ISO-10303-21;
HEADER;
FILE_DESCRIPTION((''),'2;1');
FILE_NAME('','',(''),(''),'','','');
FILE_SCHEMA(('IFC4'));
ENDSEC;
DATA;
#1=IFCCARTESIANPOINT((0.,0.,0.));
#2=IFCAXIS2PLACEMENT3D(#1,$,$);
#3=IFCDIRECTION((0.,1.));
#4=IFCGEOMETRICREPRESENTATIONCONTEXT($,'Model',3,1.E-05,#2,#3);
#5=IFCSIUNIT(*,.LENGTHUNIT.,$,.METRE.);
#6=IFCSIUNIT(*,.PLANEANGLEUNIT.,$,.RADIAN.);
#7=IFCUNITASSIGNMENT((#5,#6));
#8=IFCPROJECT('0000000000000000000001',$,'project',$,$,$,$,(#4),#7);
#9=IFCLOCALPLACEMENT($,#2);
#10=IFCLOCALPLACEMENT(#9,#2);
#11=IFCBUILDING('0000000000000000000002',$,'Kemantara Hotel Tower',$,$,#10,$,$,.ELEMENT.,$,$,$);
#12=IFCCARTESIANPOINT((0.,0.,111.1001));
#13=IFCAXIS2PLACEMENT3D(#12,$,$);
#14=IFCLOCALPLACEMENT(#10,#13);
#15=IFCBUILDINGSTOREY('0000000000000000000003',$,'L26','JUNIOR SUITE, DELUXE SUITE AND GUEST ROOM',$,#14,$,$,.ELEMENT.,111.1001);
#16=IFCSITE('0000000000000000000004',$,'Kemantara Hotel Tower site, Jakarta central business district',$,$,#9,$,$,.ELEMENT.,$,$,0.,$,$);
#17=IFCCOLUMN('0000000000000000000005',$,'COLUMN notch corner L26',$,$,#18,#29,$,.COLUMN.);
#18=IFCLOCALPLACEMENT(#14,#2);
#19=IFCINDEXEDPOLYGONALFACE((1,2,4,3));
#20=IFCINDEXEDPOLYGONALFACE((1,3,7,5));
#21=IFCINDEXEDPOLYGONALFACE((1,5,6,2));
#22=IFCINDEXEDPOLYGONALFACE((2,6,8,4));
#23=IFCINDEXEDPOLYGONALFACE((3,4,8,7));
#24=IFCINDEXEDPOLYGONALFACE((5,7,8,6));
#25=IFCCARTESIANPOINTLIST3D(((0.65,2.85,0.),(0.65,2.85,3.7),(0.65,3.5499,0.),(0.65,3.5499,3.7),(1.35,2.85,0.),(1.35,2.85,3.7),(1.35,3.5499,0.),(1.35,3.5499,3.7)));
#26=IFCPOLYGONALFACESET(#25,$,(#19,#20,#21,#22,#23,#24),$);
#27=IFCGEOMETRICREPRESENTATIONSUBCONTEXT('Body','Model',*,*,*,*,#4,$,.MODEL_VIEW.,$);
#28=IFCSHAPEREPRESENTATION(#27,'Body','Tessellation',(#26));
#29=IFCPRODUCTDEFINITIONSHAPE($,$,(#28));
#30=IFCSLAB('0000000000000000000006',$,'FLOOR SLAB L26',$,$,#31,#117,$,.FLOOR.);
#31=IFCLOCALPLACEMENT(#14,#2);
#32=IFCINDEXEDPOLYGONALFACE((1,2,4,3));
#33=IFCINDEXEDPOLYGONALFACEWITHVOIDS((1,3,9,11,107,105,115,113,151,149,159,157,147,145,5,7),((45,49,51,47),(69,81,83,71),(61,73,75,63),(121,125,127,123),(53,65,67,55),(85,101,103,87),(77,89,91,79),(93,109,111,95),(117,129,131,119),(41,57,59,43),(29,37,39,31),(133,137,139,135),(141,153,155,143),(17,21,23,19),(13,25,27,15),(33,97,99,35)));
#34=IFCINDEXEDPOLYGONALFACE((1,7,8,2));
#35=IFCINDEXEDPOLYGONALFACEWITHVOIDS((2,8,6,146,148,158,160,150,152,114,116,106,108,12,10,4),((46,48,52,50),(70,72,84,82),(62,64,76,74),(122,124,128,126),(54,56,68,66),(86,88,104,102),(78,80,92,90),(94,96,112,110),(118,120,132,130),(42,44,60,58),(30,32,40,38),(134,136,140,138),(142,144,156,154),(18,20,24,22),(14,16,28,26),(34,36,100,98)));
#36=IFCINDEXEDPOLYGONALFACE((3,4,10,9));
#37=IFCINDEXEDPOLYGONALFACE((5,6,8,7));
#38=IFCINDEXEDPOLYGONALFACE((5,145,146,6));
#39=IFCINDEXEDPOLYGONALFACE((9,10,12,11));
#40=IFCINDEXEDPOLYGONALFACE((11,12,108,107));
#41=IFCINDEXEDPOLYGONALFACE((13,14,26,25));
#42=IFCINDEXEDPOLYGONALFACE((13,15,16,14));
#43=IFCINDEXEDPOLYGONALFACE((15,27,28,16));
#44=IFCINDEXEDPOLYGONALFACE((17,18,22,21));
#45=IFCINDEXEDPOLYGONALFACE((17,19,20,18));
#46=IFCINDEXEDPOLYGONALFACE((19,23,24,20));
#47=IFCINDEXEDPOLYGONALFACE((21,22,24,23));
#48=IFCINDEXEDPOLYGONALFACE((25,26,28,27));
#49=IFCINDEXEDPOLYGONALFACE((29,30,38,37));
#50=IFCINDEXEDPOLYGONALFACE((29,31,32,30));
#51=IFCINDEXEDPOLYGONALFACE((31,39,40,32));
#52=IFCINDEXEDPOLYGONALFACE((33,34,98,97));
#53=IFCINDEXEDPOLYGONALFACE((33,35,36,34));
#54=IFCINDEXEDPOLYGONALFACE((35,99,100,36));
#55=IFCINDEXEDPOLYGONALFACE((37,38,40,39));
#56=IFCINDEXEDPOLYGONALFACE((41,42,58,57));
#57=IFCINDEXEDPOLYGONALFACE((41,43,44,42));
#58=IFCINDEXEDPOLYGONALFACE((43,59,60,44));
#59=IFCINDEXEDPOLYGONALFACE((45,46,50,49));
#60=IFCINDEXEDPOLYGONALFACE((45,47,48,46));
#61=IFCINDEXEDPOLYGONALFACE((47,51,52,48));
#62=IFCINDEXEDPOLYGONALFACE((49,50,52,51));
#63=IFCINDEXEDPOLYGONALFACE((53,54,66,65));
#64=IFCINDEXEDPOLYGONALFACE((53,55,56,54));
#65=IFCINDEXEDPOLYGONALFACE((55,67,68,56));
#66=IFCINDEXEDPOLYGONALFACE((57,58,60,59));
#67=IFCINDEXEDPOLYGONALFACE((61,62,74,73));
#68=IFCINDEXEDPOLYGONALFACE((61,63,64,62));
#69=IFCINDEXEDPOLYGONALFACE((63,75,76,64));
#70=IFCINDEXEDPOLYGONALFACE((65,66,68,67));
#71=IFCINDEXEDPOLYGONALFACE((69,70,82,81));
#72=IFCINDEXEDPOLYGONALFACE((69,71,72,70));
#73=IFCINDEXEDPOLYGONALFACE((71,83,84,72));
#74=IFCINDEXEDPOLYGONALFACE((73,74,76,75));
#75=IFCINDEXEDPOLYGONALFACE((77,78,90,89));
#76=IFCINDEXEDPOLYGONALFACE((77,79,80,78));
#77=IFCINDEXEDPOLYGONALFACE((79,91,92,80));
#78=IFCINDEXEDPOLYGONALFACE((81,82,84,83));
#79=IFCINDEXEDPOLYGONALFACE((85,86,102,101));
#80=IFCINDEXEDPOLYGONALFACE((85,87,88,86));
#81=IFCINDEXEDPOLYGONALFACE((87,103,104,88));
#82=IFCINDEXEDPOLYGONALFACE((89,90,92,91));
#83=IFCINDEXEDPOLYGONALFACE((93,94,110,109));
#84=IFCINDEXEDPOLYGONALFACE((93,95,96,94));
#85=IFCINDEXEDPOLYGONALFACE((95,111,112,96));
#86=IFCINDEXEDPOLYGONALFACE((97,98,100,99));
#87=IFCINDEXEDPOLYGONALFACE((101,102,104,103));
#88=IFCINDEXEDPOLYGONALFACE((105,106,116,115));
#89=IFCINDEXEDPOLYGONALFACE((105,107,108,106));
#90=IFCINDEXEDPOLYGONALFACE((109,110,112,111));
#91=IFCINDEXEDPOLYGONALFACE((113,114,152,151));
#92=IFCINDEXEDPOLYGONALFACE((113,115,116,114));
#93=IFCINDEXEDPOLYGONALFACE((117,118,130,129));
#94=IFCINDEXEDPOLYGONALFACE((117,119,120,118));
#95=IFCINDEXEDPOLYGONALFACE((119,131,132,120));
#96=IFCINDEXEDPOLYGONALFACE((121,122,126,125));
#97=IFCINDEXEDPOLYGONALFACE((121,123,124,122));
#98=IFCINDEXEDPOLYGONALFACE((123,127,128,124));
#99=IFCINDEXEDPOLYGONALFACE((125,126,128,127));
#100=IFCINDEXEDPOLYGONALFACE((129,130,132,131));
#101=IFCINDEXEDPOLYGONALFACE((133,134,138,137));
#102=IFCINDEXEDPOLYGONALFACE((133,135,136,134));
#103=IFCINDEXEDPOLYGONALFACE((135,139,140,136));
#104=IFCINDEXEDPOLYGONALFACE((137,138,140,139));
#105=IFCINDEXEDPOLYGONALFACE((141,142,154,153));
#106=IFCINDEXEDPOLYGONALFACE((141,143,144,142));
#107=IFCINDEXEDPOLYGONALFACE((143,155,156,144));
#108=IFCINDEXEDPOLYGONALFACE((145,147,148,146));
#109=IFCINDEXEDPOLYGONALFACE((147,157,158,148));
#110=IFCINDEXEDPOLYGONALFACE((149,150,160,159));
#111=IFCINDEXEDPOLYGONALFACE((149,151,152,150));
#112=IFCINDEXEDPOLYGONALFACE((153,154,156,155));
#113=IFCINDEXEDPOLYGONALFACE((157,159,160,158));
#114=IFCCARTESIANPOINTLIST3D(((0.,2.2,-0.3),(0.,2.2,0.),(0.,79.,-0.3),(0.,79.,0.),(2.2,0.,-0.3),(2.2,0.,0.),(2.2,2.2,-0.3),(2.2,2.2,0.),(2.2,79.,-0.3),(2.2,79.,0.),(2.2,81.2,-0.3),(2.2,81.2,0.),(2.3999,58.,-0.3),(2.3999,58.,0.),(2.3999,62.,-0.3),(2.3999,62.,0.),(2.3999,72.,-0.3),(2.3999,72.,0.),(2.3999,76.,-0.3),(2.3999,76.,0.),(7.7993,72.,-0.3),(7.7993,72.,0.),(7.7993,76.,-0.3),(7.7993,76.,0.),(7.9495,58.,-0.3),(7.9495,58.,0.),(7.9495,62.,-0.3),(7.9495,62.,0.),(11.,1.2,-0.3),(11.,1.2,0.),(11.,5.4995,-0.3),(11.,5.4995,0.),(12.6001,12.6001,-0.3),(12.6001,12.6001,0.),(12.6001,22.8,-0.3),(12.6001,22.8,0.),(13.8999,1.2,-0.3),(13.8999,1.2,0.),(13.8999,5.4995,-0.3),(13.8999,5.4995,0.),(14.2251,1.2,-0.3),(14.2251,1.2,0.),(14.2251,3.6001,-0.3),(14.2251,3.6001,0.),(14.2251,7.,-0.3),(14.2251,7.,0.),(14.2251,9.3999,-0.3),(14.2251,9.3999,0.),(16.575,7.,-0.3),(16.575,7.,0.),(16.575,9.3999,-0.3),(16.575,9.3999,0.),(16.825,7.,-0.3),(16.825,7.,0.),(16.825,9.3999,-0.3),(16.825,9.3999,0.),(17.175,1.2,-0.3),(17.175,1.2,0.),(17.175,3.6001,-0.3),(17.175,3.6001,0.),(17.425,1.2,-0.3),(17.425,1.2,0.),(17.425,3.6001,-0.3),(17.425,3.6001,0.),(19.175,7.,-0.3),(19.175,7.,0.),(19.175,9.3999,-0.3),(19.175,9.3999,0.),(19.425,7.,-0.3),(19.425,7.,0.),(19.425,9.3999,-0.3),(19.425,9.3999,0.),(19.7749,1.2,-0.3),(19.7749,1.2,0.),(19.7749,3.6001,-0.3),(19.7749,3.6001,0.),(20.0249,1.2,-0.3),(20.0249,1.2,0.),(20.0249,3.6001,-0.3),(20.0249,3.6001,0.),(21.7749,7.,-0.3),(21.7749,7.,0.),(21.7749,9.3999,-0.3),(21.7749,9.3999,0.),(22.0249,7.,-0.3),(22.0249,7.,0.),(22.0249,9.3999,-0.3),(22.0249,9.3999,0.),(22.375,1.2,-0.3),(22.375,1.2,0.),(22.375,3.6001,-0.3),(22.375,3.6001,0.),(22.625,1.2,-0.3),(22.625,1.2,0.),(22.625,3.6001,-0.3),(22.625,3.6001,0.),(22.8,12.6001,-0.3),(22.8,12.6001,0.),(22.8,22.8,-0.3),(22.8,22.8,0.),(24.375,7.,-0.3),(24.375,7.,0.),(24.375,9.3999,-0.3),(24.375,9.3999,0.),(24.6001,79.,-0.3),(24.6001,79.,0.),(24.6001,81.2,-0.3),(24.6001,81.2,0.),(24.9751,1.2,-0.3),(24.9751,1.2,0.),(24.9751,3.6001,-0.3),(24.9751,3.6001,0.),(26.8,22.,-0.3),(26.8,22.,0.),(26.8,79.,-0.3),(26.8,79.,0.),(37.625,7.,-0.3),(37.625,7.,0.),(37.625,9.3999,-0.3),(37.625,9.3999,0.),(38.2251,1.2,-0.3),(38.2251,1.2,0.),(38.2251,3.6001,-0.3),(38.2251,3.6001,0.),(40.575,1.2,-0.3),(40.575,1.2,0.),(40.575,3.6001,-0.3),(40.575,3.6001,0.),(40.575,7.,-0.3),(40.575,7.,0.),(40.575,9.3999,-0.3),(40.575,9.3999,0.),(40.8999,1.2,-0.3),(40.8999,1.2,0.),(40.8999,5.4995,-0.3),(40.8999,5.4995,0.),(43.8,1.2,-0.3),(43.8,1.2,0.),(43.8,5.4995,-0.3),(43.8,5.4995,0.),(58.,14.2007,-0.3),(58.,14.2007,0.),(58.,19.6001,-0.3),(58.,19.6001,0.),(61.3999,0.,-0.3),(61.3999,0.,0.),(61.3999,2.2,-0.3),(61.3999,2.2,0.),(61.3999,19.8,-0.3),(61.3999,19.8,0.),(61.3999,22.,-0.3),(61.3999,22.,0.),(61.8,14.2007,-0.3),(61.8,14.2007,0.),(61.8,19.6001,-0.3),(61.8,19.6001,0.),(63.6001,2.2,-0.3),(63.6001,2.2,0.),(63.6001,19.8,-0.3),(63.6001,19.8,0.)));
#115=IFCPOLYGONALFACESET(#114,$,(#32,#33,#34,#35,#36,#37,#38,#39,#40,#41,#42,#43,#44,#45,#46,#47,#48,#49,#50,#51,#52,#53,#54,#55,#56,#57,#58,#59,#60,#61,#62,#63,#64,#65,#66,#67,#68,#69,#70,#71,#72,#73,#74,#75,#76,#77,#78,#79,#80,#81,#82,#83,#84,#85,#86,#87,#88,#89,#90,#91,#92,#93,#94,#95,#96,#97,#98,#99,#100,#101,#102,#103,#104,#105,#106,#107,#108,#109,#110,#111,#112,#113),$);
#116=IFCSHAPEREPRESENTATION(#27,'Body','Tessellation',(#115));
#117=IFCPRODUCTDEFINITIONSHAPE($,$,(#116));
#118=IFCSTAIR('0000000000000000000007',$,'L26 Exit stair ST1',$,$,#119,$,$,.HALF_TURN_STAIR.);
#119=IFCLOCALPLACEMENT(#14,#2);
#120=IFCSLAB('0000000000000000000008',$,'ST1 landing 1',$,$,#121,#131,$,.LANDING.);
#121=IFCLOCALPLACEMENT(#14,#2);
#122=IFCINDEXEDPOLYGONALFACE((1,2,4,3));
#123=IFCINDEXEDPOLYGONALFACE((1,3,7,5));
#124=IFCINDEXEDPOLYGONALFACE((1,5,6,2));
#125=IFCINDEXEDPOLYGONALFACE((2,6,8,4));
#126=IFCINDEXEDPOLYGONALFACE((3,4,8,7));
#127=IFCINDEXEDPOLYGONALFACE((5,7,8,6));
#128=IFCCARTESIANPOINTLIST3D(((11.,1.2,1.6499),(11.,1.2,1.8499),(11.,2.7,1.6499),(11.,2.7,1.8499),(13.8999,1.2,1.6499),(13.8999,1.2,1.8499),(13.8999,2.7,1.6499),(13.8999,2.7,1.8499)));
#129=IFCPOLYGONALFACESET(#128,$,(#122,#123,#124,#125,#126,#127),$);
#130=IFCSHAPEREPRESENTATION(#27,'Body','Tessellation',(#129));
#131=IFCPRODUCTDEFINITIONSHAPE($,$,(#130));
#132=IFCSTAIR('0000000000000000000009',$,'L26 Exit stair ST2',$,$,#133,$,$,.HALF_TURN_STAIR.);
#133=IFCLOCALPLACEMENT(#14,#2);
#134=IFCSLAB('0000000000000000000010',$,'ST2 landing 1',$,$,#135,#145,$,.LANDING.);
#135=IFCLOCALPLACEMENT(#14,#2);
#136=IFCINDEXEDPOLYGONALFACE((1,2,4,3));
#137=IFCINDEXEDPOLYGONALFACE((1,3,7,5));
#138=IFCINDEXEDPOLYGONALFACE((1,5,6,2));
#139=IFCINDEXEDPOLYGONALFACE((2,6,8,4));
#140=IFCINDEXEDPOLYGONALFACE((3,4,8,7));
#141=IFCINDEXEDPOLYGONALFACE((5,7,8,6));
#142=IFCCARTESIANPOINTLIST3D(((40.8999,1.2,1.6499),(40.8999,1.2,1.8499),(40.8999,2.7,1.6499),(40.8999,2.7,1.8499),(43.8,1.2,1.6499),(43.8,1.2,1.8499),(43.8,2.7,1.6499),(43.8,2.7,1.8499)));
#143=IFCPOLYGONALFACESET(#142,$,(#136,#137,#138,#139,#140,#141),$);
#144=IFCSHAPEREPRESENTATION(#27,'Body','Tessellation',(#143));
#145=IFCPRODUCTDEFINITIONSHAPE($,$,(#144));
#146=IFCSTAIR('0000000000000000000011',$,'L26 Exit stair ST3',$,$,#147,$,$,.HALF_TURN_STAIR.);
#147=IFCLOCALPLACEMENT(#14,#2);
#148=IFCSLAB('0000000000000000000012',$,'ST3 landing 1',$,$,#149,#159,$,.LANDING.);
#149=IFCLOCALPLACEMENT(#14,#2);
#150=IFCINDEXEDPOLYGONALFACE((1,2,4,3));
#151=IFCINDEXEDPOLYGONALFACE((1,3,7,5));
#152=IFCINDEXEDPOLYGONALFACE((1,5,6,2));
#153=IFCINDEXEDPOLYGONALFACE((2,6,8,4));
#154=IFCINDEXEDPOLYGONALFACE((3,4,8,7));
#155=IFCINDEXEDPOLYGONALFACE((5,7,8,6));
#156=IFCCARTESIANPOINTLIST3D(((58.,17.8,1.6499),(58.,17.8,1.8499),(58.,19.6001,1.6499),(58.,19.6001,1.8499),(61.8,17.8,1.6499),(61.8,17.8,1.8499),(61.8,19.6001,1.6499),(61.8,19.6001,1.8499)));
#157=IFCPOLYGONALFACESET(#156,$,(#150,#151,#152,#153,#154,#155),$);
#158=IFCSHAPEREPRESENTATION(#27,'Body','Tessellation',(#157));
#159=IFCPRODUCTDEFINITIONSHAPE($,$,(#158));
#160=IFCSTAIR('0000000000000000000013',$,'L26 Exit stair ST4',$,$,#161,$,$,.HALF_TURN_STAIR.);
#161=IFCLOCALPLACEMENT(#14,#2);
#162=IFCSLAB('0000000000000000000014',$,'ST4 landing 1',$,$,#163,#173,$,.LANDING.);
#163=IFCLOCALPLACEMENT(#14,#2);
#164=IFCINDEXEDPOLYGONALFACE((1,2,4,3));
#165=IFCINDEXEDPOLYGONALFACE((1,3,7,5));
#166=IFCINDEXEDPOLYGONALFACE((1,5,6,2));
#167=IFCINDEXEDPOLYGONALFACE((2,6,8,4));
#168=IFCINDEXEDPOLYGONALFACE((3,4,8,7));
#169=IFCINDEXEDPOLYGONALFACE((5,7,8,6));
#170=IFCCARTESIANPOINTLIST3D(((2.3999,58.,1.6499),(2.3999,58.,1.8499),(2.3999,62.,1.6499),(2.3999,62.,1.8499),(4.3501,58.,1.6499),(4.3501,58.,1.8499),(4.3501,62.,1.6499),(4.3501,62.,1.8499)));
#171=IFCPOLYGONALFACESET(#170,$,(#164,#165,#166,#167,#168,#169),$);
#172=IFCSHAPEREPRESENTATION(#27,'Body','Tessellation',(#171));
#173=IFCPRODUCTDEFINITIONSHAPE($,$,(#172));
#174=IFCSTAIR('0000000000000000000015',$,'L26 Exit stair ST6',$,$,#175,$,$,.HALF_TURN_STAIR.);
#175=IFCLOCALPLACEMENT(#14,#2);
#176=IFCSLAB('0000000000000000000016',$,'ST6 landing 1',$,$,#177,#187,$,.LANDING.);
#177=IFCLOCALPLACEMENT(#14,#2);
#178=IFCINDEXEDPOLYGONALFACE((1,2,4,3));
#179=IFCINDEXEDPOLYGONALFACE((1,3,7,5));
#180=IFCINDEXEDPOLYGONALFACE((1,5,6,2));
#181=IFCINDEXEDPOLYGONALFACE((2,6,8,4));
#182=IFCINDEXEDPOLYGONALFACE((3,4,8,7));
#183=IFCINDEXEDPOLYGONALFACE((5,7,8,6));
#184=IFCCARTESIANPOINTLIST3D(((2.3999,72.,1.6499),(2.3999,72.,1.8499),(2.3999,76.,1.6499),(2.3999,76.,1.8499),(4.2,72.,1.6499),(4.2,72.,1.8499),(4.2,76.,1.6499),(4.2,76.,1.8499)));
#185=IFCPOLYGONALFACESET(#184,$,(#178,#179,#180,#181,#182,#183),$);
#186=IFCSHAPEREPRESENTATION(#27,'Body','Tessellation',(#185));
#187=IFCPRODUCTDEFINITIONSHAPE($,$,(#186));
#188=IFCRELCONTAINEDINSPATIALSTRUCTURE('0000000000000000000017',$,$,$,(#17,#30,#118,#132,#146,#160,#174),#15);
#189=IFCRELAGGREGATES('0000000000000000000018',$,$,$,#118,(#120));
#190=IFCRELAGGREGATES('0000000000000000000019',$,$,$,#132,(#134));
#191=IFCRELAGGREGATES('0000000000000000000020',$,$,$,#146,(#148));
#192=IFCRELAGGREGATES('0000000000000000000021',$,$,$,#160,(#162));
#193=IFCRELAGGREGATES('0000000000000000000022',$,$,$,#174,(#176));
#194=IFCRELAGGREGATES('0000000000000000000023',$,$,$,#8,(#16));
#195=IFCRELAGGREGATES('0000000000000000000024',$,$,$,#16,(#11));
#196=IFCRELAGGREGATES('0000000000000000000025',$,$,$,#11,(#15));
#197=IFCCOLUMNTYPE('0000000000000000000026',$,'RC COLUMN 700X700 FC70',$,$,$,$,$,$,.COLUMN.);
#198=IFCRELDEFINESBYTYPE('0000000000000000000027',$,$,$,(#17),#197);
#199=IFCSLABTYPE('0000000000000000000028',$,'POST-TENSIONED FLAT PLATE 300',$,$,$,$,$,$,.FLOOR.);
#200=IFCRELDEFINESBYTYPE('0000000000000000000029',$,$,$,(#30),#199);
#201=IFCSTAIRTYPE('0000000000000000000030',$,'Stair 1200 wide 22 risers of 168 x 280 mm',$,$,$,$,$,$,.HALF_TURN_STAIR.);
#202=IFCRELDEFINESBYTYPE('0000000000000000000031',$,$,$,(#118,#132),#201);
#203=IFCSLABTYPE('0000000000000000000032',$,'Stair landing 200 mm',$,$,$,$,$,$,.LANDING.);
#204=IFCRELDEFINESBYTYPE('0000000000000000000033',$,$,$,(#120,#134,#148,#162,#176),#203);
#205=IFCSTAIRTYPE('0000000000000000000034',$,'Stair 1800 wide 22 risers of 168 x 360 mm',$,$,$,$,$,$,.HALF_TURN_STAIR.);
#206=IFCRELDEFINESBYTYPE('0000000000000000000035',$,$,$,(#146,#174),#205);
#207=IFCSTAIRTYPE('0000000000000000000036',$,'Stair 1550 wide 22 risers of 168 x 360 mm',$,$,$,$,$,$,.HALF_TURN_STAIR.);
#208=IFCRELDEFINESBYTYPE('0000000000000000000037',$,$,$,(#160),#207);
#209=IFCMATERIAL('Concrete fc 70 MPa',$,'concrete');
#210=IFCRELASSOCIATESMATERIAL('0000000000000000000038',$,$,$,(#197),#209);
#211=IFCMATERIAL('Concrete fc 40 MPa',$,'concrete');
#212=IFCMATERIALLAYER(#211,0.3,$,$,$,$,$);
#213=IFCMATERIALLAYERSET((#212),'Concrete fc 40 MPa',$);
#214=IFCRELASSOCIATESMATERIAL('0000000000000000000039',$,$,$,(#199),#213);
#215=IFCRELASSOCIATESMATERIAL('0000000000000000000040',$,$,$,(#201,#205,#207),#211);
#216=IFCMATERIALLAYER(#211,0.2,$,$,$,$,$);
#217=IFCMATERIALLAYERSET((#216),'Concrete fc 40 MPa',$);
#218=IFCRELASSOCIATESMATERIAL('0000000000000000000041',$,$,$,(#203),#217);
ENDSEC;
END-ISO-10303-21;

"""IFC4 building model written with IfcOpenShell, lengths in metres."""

from ifc_helpers import new_model, si_unit, direction, frame, origin, origin_2d, place, context, subcontext, project, spatial, polyline, rectangle, outline, extrude, material, layer, layer_set, material_profile, profile_set, type_object, element, aggregate, save


model = new_model("IFC4")

# Units and contexts
model_context = context("Model", 3, precision=1e-05, world=origin(), true_north=direction((0.0, 1.0)))
body_context = subcontext(model_context, "Body", "Model", "MODEL_VIEW")
ifc_project = project(units=[si_unit("LENGTHUNIT", "METRE"), si_unit("PLANEANGLEUNIT", "RADIAN")], contexts=[model_context])

# Site, building, storey
site_placement = place(None, origin())
site = spatial("IfcSite", under=ifc_project, at=site_placement, Name="Kemantara Hotel Tower site, Jakarta central business district", CompositionType="ELEMENT", RefElevation=0.0)
building_placement = place(site_placement, origin())
building = spatial("IfcBuilding", under=site, at=building_placement, Name="Kemantara Hotel Tower", CompositionType="ELEMENT")
storey_placement = place(building_placement, frame((0.0, 0.0, 111.1001)))
storey = spatial("IfcBuildingStorey", under=building, at=storey_placement, Name="L26", Description="JUNIOR SUITE, DELUXE SUITE AND GUEST ROOM", CompositionType="ELEMENT", Elevation=111.1001)

# Column
ifc_material_1 = material(Name="Concrete fc 70 MPa", Category="concrete")
ifc_material_profile = material_profile(ifc_material_1, rectangle(XDim=0.7, YDim=0.7, at=origin_2d()), Name="RC 700X700")
ifc_profile_set = profile_set([ifc_material_profile], Name="Concrete fc 70 MPa")
column_type = type_object("IfcColumnType", Name="RC COLUMN 700X700 FC70", PredefinedType="COLUMN", material=ifc_profile_set)
column_placement = place(storey_placement, frame((1.0, 3.2, 0.0), z_axis=(0.0, 0.0, 1.0), x_axis=(1.0, 0.0, 0.0)))
element("IfcColumn", 1, at=column_placement, inside=storey, type_object=column_type, Name="COLUMN notch corner L26", PredefinedType="COLUMN", context=body_context, shape_type="SweptSolid", body=[
    extrude(rectangle(XDim=0.7, YDim=0.7, at=origin_2d()), origin(), (0.0, 0.0, 1.0), 3.7),
])

# Slab
ifc_material_2 = material(Name="Concrete fc 40 MPa", Category="concrete")
ifc_layer_1 = layer(ifc_material_2, 0.3)
ifc_layer_set_1 = layer_set([ifc_layer_1], Name="Concrete fc 40 MPa")
slab_type_1 = type_object("IfcSlabType", Name="POST-TENSIONED FLAT PLATE 300", PredefinedType="FLOOR", material=ifc_layer_set_1)
slab_1_placement = place(storey_placement, frame((0.0, 0.0, -0.3)))
element("IfcSlab", 2, at=slab_1_placement, inside=storey, type_object=slab_type_1, Name="FLOOR SLAB L26", PredefinedType="FLOOR", context=body_context, shape_type="SweptSolid", body=[
    extrude(outline(polyline([(26.8, 79.0), (24.6001, 79.0), (24.6001, 81.2), (2.2, 81.2), (2.2, 79.0), (0.0, 79.0), (0.0, 2.2), (2.2, 2.2), (2.2, 0.0), (61.3999, 0.0), (61.3999, 2.2), (63.6001, 2.2), (63.6001, 19.8), (61.3999, 19.8), (61.3999, 22.0), (26.8, 22.0), (26.8, 79.0)]), holes=[polyline([(17.175, 1.2), (14.2251, 1.2), (14.2251, 3.6001), (17.175, 3.6001), (17.175, 1.2)]), polyline([(19.7749, 1.2), (17.425, 1.2), (17.425, 3.6001), (19.7749, 3.6001), (19.7749, 1.2)]), polyline([(11.0, 1.2), (11.0, 5.4995), (13.8999, 5.4995), (13.8999, 1.2), (11.0, 1.2)]), polyline([(16.575, 7.0), (14.2251, 7.0), (14.2251, 9.3999), (16.575, 9.3999), (16.575, 7.0)]), polyline([(19.175, 7.0), (16.825, 7.0), (16.825, 9.3999), (19.175, 9.3999), (19.175, 7.0)]), polyline([(22.8, 12.6001), (12.6001, 12.6001), (12.6001, 22.8), (22.8, 22.8), (22.8, 12.6001)]), polyline([(2.3999, 62.0), (7.9495, 62.0), (7.9495, 58.0), (2.3999, 58.0), (2.3999, 62.0)]), polyline([(2.3999, 76.0), (7.7993, 76.0), (7.7993, 72.0), (2.3999, 72.0), (2.3999, 76.0)]), polyline([(22.375, 1.2), (20.0249, 1.2), (20.0249, 3.6001), (22.375, 3.6001), (22.375, 1.2)]), polyline([(24.9751, 1.2), (22.625, 1.2), (22.625, 3.6001), (24.9751, 3.6001), (24.9751, 1.2)]), polyline([(40.575, 1.2), (38.2251, 1.2), (38.2251, 3.6001), (40.575, 3.6001), (40.575, 1.2)]), polyline([(40.8999, 1.2), (40.8999, 5.4995), (43.8, 5.4995), (43.8, 1.2), (40.8999, 1.2)]), polyline([(21.7749, 7.0), (19.425, 7.0), (19.425, 9.3999), (21.7749, 9.3999), (21.7749, 7.0)]), polyline([(24.375, 7.0), (22.0249, 7.0), (22.0249, 9.3999), (24.375, 9.3999), (24.375, 7.0)]), polyline([(40.575, 7.0), (37.625, 7.0), (37.625, 9.3999), (40.575, 9.3999), (40.575, 7.0)]), polyline([(61.8, 19.6001), (61.8, 14.2007), (58.0, 14.2007), (58.0, 19.6001), (61.8, 19.6001)])]), origin(), (0.0, 0.0, 1.0), 0.3),
])

# Stairs, slabs
stair_type_1 = type_object("IfcStairType", Name="Stair 1200 wide 22 risers of 168 x 280 mm", PredefinedType="HALF_TURN_STAIR", material=ifc_material_2)
stair_1_placement = place(storey_placement, origin())
stair_1 = element("IfcStair", 3, at=stair_1_placement, inside=storey, type_object=stair_type_1, Name="L26 Exit stair ST1", PredefinedType="HALF_TURN_STAIR")
ifc_layer_2 = layer(ifc_material_2, 0.2)
ifc_layer_set_2 = layer_set([ifc_layer_2], Name="Concrete fc 40 MPa")
slab_type_2 = type_object("IfcSlabType", Name="Stair landing 200 mm", PredefinedType="LANDING", material=ifc_layer_set_2)
slab_2_placement = place(storey_placement, frame((0.0, 0.0, 1.6499)))
slab_2 = element("IfcSlab", 4, at=slab_2_placement, type_object=slab_type_2, Name="ST1 landing 1", PredefinedType="LANDING", context=body_context, shape_type="SweptSolid", body=[
    extrude(outline(polyline([(11.0, 2.7), (11.0, 1.2), (13.8999, 1.2), (13.8999, 2.7), (11.0, 2.7)])), origin(), (0.0, 0.0, 1.0), 0.2),
])
aggregate(stair_1, [slab_2])
stair_2_placement = place(storey_placement, origin())
stair_2 = element("IfcStair", 5, at=stair_2_placement, inside=storey, type_object=stair_type_1, Name="L26 Exit stair ST2", PredefinedType="HALF_TURN_STAIR")
slab_3_placement = place(storey_placement, frame((0.0, 0.0, 1.6499)))
slab_3 = element("IfcSlab", 6, at=slab_3_placement, type_object=slab_type_2, Name="ST2 landing 1", PredefinedType="LANDING", context=body_context, shape_type="SweptSolid", body=[
    extrude(outline(polyline([(40.8999, 2.7), (40.8999, 1.2), (43.8, 1.2), (43.8, 2.7), (40.8999, 2.7)])), origin(), (0.0, 0.0, 1.0), 0.2),
])
aggregate(stair_2, [slab_3])
stair_type_2 = type_object("IfcStairType", Name="Stair 1800 wide 22 risers of 168 x 360 mm", PredefinedType="HALF_TURN_STAIR", material=ifc_material_2)
stair_3_placement = place(storey_placement, origin())
stair_3 = element("IfcStair", 7, at=stair_3_placement, inside=storey, type_object=stair_type_2, Name="L26 Exit stair ST3", PredefinedType="HALF_TURN_STAIR")
slab_4_placement = place(storey_placement, frame((0.0, 0.0, 1.6499)))
slab_4 = element("IfcSlab", 8, at=slab_4_placement, type_object=slab_type_2, Name="ST3 landing 1", PredefinedType="LANDING", context=body_context, shape_type="SweptSolid", body=[
    extrude(outline(polyline([(61.8, 17.8), (61.8, 19.6001), (58.0, 19.6001), (58.0, 17.8), (61.8, 17.8)])), origin(), (0.0, 0.0, 1.0), 0.2),
])
aggregate(stair_3, [slab_4])
stair_type_3 = type_object("IfcStairType", Name="Stair 1550 wide 22 risers of 168 x 360 mm", PredefinedType="HALF_TURN_STAIR", material=ifc_material_2)
stair_4_placement = place(storey_placement, origin())
stair_4 = element("IfcStair", 9, at=stair_4_placement, inside=storey, type_object=stair_type_3, Name="L26 Exit stair ST4", PredefinedType="HALF_TURN_STAIR")
slab_5_placement = place(storey_placement, frame((0.0, 0.0, 1.6499)))
slab_5 = element("IfcSlab", 10, at=slab_5_placement, type_object=slab_type_2, Name="ST4 landing 1", PredefinedType="LANDING", context=body_context, shape_type="SweptSolid", body=[
    extrude(outline(polyline([(4.3501, 62.0), (2.3999, 62.0), (2.3999, 58.0), (4.3501, 58.0), (4.3501, 62.0)])), origin(), (0.0, 0.0, 1.0), 0.2),
])
aggregate(stair_4, [slab_5])
stair_5_placement = place(storey_placement, origin())
stair_5 = element("IfcStair", 11, at=stair_5_placement, inside=storey, type_object=stair_type_2, Name="L26 Exit stair ST6", PredefinedType="HALF_TURN_STAIR")
slab_6_placement = place(storey_placement, frame((0.0, 0.0, 1.6499)))
slab_6 = element("IfcSlab", 12, at=slab_6_placement, type_object=slab_type_2, Name="ST6 landing 1", PredefinedType="LANDING", context=body_context, shape_type="SweptSolid", body=[
    extrude(outline(polyline([(4.2, 76.0), (2.3999, 76.0), (2.3999, 72.0), (4.2, 72.0), (4.2, 76.0)])), origin(), (0.0, 0.0, 1.0), 0.2),
])
aggregate(stair_5, [slab_6])

save(model, "model.ifc")
